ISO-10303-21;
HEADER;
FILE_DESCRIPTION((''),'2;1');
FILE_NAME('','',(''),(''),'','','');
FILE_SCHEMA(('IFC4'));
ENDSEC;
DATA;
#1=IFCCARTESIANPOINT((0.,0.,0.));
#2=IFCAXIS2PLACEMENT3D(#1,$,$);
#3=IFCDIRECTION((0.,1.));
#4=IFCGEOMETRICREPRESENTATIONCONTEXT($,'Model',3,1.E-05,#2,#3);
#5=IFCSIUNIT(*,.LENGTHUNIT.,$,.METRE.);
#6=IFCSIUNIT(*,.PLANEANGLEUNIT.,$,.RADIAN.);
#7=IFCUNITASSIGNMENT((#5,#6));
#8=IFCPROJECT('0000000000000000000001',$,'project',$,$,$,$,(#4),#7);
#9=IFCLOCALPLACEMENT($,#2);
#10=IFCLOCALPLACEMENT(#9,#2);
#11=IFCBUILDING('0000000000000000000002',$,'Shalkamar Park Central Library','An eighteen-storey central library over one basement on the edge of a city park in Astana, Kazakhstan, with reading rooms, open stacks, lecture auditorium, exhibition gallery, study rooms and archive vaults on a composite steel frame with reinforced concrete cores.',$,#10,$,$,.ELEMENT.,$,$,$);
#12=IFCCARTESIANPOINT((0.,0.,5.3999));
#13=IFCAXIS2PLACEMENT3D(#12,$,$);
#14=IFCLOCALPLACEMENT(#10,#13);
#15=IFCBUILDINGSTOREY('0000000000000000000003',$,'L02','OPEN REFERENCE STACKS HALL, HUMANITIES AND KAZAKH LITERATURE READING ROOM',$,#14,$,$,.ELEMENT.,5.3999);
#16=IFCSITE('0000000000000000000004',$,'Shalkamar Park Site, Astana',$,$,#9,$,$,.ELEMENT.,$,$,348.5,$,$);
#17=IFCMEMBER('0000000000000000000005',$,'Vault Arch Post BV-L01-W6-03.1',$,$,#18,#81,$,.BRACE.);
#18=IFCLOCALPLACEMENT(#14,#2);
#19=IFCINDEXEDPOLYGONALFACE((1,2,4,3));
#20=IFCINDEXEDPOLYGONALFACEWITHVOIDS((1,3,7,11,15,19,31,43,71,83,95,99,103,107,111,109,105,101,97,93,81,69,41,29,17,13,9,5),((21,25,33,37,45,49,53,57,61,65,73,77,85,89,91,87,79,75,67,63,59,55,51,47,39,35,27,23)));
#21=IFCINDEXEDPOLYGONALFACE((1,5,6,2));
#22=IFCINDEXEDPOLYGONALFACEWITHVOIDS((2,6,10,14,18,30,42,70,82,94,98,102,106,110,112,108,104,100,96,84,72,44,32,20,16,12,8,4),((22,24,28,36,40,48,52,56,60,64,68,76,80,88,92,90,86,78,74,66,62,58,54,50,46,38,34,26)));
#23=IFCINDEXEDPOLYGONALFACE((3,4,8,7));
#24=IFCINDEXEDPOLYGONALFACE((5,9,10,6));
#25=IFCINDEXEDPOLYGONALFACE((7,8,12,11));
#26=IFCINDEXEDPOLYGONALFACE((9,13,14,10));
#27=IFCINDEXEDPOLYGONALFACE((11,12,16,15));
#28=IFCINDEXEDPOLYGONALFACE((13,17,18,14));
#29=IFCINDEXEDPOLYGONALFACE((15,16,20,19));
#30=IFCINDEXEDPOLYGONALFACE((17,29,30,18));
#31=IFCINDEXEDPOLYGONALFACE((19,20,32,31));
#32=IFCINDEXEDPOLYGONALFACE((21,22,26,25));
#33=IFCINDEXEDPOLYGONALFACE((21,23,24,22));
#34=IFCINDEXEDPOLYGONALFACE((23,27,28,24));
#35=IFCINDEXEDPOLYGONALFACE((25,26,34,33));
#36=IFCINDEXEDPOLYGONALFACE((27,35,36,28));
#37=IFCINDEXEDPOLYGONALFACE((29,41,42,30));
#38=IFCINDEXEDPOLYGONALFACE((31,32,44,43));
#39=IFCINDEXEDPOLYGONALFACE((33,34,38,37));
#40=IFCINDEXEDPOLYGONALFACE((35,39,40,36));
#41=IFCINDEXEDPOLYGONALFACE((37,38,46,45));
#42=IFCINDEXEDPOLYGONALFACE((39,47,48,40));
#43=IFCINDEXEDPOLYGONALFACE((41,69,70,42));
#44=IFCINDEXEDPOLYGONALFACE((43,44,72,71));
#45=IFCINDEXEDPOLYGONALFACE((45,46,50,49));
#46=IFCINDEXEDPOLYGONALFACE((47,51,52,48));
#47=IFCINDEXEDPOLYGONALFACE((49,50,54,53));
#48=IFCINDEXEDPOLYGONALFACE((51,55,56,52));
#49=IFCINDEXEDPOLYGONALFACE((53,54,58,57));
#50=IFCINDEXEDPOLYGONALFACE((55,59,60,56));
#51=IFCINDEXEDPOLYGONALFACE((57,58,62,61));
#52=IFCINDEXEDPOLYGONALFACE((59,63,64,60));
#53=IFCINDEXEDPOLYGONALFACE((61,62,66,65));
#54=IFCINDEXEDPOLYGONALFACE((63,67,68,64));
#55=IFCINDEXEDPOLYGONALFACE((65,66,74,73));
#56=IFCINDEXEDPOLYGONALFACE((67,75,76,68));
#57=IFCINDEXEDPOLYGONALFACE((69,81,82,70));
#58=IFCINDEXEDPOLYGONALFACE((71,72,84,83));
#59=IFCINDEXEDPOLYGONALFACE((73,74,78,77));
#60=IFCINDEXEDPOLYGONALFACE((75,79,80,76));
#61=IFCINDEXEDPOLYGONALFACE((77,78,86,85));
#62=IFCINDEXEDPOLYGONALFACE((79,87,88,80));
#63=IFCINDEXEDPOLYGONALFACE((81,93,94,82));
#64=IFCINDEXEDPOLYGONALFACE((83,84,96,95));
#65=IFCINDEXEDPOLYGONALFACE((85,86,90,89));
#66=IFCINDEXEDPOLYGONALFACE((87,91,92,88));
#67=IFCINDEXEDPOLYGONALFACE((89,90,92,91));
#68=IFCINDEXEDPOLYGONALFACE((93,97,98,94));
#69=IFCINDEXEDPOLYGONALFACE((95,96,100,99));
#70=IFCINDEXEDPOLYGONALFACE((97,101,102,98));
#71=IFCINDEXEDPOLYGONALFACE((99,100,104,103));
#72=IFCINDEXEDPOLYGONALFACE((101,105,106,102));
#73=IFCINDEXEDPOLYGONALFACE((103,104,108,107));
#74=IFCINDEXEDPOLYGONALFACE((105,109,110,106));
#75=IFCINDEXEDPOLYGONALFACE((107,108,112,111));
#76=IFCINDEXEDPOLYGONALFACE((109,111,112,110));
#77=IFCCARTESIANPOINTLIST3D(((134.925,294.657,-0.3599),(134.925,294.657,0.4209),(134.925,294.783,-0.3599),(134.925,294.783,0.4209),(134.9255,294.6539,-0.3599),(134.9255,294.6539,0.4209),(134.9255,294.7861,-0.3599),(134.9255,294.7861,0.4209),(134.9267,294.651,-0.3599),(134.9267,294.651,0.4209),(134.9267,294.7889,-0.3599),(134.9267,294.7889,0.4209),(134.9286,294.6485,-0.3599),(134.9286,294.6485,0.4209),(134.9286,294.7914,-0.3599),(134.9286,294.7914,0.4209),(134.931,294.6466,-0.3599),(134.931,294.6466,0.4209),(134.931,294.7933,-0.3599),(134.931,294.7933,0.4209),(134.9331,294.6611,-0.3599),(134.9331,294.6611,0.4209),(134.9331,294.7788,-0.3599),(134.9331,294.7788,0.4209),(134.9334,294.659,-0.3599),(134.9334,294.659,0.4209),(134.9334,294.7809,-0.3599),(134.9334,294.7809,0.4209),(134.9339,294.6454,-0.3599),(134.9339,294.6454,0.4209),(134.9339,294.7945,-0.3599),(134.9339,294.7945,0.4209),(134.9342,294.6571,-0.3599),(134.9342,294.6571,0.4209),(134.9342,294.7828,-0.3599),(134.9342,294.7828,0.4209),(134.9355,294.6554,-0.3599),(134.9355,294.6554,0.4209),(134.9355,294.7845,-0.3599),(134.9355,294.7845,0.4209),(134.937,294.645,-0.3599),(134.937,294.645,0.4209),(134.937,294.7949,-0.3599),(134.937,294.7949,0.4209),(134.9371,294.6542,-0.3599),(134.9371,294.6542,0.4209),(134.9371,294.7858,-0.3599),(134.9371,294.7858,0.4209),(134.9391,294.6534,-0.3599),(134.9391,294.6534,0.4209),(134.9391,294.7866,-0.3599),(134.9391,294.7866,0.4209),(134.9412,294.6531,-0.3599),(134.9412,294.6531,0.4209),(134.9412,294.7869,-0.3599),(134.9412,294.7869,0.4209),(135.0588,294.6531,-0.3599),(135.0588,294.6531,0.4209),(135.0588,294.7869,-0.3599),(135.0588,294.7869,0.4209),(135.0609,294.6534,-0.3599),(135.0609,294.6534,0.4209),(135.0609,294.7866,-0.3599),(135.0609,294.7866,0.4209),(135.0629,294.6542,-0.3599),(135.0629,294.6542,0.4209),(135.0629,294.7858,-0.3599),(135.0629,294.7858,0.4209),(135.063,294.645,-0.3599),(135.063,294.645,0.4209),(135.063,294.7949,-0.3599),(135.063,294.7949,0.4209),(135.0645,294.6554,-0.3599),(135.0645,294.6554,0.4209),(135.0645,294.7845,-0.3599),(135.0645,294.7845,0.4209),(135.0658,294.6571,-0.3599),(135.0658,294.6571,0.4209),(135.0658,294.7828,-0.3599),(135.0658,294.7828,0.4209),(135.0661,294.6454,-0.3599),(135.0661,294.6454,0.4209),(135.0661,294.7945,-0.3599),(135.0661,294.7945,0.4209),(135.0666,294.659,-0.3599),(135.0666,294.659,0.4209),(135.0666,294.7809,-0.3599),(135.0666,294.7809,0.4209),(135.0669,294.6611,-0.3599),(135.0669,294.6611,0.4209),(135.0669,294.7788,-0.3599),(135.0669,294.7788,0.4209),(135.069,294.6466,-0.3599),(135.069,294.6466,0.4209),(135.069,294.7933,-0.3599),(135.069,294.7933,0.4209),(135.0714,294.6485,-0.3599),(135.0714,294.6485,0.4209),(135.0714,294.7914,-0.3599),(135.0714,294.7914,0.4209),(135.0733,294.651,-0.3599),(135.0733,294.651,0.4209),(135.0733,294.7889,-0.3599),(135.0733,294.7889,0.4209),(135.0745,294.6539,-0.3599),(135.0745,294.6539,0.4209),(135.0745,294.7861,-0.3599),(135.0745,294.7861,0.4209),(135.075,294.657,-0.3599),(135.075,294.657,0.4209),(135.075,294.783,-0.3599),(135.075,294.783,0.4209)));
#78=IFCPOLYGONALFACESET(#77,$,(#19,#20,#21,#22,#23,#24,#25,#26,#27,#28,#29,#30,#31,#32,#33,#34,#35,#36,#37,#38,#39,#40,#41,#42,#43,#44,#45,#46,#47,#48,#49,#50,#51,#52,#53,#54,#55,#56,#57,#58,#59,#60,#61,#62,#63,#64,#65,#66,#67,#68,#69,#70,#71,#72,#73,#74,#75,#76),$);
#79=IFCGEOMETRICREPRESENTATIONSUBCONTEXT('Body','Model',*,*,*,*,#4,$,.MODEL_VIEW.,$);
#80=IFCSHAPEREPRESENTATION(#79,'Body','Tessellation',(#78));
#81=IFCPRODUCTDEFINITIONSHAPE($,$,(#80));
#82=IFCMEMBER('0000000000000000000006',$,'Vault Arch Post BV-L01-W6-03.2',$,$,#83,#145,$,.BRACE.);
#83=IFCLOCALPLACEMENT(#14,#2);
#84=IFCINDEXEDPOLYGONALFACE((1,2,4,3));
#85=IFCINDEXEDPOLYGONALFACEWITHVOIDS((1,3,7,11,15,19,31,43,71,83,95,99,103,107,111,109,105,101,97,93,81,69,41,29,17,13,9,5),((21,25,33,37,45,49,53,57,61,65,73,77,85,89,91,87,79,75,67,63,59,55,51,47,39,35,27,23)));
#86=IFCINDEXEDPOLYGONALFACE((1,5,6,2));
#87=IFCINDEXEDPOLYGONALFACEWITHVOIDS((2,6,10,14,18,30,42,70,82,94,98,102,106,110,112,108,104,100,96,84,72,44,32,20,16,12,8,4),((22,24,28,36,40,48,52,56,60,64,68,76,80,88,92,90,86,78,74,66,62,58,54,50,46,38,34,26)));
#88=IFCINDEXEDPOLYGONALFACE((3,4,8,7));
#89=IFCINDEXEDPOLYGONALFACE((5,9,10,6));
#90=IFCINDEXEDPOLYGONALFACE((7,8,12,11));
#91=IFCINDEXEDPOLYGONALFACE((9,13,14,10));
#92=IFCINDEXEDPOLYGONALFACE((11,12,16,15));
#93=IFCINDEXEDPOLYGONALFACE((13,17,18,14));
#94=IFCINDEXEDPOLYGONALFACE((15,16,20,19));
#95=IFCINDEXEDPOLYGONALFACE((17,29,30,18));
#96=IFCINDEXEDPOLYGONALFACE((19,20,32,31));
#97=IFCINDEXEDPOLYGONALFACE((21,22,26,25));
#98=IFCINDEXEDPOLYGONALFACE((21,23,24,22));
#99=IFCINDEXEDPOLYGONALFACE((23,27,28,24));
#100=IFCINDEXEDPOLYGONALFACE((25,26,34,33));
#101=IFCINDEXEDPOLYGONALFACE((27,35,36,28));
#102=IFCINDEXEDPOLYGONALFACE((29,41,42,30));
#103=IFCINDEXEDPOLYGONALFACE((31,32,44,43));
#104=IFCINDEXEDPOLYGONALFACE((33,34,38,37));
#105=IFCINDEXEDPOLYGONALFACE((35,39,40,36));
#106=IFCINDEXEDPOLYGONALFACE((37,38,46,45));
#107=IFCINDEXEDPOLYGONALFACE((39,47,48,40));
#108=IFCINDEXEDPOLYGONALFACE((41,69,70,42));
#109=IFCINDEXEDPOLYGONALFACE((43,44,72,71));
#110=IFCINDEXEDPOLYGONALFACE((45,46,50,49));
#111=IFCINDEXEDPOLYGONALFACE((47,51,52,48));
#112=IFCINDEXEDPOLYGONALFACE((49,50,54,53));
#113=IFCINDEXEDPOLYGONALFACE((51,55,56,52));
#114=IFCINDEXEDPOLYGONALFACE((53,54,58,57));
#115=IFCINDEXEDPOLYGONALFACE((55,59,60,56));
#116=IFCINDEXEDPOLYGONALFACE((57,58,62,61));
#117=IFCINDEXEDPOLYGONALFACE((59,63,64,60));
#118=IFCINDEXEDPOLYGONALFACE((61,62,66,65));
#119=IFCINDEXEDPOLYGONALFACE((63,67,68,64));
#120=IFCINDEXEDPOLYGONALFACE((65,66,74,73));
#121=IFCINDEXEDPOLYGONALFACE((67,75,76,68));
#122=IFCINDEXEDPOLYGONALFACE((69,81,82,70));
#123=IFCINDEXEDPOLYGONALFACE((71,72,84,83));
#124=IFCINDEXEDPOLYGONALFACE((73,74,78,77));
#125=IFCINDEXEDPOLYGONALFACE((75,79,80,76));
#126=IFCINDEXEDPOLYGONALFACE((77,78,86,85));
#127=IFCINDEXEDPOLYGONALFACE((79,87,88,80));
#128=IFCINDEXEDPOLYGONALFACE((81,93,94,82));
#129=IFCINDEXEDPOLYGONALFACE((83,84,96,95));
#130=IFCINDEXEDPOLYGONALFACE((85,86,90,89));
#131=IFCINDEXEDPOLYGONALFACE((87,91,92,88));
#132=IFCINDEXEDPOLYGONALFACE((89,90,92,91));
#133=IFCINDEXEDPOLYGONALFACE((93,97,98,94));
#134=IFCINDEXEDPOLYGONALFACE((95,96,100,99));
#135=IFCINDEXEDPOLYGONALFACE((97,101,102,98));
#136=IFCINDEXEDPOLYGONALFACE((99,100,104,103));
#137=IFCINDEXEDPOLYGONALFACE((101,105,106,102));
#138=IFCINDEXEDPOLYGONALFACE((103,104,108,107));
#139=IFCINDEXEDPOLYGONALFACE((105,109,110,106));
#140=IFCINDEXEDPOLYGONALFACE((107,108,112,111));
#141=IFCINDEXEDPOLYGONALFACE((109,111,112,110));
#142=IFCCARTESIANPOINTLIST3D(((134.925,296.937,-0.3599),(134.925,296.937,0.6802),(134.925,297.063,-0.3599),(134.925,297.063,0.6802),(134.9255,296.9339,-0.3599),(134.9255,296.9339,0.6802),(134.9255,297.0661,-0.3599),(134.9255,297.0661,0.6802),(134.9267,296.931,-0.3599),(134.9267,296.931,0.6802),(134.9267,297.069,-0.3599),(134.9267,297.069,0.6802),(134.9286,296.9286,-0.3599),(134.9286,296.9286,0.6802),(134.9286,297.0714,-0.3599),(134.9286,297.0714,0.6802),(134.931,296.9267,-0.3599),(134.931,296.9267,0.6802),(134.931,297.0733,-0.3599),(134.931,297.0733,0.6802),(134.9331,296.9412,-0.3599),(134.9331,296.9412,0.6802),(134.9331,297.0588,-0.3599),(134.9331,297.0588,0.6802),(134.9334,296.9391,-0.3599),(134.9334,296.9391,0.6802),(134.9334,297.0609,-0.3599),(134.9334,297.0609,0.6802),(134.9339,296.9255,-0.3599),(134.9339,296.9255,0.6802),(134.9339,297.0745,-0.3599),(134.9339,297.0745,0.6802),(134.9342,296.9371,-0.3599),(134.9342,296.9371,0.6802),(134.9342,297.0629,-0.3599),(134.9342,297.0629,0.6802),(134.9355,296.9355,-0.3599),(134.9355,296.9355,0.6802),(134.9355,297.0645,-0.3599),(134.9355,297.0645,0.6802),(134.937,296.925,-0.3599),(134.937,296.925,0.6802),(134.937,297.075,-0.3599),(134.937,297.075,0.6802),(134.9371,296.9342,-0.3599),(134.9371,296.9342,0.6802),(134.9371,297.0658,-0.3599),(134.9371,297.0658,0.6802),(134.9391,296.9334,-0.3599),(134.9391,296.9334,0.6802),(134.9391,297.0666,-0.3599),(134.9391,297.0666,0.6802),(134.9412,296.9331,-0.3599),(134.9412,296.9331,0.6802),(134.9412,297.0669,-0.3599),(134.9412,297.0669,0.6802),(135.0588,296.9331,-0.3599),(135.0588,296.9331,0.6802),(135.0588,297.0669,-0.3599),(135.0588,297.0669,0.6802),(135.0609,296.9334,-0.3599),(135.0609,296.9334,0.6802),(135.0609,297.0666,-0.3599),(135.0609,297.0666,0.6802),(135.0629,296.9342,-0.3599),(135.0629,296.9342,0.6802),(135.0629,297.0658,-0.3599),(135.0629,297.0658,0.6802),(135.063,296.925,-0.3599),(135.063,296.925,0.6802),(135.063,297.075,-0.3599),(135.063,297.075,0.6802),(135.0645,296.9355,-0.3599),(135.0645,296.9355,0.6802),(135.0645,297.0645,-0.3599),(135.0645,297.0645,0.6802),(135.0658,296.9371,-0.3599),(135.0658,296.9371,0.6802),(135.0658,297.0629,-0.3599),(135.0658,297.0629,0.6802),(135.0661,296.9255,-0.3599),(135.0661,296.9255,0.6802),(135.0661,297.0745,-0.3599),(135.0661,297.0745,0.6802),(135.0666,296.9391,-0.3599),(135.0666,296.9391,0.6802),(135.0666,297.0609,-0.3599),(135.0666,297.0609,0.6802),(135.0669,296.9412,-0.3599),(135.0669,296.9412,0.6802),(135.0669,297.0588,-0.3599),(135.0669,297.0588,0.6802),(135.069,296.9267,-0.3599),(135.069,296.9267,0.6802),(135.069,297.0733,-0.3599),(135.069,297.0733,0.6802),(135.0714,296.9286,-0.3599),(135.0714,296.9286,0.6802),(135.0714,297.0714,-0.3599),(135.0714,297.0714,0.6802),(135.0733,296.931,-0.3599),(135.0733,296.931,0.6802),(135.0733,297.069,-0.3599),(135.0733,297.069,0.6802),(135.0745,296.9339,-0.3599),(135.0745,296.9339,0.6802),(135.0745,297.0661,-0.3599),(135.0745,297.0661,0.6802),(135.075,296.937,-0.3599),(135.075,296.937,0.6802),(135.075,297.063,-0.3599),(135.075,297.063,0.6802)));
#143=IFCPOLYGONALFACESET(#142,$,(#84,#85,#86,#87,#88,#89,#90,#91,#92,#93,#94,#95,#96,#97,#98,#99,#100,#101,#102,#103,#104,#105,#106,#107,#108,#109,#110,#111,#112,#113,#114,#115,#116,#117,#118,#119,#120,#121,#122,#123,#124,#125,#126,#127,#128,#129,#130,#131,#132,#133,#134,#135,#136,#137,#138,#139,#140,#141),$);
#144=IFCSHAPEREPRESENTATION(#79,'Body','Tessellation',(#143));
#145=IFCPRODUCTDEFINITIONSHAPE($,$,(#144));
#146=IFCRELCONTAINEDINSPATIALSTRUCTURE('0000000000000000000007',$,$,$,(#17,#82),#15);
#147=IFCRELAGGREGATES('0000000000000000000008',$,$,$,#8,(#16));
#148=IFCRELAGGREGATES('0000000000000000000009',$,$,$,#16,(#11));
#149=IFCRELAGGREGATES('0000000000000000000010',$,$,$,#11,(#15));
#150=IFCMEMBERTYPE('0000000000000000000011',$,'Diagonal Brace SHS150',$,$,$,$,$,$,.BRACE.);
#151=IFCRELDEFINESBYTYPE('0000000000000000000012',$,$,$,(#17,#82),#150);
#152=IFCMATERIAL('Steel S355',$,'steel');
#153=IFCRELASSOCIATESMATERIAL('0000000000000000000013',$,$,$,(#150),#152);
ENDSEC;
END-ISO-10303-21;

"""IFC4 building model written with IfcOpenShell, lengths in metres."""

from ifc_helpers import new_model, si_unit, direction, frame, origin, origin_2d, place, context, subcontext, project, spatial, hollow_rectangle, extrude, material, material_profile, profile_set, type_object, element, save


model = new_model("IFC4")

# Units and contexts
model_context = context("Model", 3, precision=1e-05, world=origin(), true_north=direction((0.0, 1.0)))
body_context = subcontext(model_context, "Body", "Model", "MODEL_VIEW")
ifc_project = project(units=[si_unit("LENGTHUNIT", "METRE"), si_unit("PLANEANGLEUNIT", "RADIAN")], contexts=[model_context])

# Site, building, storey
site_placement = place(None, origin())
site = spatial("IfcSite", under=ifc_project, at=site_placement, Name="Shalkamar Park Site, Astana", CompositionType="ELEMENT", RefElevation=348.5)
building_placement = place(site_placement, origin())
building = spatial("IfcBuilding", under=site, at=building_placement, Name="Shalkamar Park Central Library", Description="An eighteen-storey central library over one basement on the edge of a city park in Astana, Kazakhstan, with reading rooms, open stacks, lecture auditorium, exhibition gallery, study rooms and archive vaults on a composite steel frame with reinforced concrete cores.", CompositionType="ELEMENT")
storey_placement = place(building_placement, frame((0.0, 0.0, 5.3999)))
storey = spatial("IfcBuildingStorey", under=building, at=storey_placement, Name="L02", Description="OPEN REFERENCE STACKS HALL, HUMANITIES AND KAZAKH LITERATURE READING ROOM", CompositionType="ELEMENT", Elevation=5.3999)

# Shared definitions
ifc_material_1 = material(Name="Steel S355", Category="steel")

# Members
ifc_material_profile_1 = material_profile(ifc_material_1, hollow_rectangle(XDim=0.1499, YDim=0.1499, WallThickness=0.0081, InnerFilletRadius=0.0081, OuterFilletRadius=0.012, at=origin_2d()), Name="SHS 150x150x8")
ifc_profile_set_1 = profile_set([ifc_material_profile_1], Name="Steel S355")
member_type_1 = type_object("IfcMemberType", Name="Diagonal Brace SHS150", PredefinedType="BRACE", material=ifc_profile_set_1)
for number, where, z_axis, x_axis, name in (
    (1, (135.0, 294.72, -0.3599), (0.0, 0.0, 1.0), (1.0, 0.0, 0.0), "Vault Arch Post BV-L01-W6-03.1"),
):
    element("IfcMember", number, at=place(storey_placement, frame(where, z_axis=z_axis, x_axis=x_axis)), inside=storey, type_object=member_type_1, Name=name, PredefinedType="BRACE", context=body_context, shape_type="SweptSolid", body=[
        extrude(hollow_rectangle(XDim=0.1499, YDim=0.1499, WallThickness=0.0081, InnerFilletRadius=0.0081, OuterFilletRadius=0.012, at=origin_2d()), origin(), (0.0, 0.0, 1.0), 0.7808),
    ])
member_1_placement = place(storey_placement, frame((135.0, 297.0, -0.3599), z_axis=(0.0, 0.0, 1.0), x_axis=(1.0, 0.0, 0.0)))
element("IfcMember", 2, at=member_1_placement, inside=storey, type_object=member_type_1, Name="Vault Arch Post BV-L01-W6-03.2", PredefinedType="BRACE", context=body_context, shape_type="SweptSolid", body=[
    extrude(hollow_rectangle(XDim=0.1499, YDim=0.1499, WallThickness=0.0081, InnerFilletRadius=0.0081, OuterFilletRadius=0.012, at=origin_2d()), origin(), (0.0, 0.0, 1.0), 1.04),
])

save(model, "model.ifc")
